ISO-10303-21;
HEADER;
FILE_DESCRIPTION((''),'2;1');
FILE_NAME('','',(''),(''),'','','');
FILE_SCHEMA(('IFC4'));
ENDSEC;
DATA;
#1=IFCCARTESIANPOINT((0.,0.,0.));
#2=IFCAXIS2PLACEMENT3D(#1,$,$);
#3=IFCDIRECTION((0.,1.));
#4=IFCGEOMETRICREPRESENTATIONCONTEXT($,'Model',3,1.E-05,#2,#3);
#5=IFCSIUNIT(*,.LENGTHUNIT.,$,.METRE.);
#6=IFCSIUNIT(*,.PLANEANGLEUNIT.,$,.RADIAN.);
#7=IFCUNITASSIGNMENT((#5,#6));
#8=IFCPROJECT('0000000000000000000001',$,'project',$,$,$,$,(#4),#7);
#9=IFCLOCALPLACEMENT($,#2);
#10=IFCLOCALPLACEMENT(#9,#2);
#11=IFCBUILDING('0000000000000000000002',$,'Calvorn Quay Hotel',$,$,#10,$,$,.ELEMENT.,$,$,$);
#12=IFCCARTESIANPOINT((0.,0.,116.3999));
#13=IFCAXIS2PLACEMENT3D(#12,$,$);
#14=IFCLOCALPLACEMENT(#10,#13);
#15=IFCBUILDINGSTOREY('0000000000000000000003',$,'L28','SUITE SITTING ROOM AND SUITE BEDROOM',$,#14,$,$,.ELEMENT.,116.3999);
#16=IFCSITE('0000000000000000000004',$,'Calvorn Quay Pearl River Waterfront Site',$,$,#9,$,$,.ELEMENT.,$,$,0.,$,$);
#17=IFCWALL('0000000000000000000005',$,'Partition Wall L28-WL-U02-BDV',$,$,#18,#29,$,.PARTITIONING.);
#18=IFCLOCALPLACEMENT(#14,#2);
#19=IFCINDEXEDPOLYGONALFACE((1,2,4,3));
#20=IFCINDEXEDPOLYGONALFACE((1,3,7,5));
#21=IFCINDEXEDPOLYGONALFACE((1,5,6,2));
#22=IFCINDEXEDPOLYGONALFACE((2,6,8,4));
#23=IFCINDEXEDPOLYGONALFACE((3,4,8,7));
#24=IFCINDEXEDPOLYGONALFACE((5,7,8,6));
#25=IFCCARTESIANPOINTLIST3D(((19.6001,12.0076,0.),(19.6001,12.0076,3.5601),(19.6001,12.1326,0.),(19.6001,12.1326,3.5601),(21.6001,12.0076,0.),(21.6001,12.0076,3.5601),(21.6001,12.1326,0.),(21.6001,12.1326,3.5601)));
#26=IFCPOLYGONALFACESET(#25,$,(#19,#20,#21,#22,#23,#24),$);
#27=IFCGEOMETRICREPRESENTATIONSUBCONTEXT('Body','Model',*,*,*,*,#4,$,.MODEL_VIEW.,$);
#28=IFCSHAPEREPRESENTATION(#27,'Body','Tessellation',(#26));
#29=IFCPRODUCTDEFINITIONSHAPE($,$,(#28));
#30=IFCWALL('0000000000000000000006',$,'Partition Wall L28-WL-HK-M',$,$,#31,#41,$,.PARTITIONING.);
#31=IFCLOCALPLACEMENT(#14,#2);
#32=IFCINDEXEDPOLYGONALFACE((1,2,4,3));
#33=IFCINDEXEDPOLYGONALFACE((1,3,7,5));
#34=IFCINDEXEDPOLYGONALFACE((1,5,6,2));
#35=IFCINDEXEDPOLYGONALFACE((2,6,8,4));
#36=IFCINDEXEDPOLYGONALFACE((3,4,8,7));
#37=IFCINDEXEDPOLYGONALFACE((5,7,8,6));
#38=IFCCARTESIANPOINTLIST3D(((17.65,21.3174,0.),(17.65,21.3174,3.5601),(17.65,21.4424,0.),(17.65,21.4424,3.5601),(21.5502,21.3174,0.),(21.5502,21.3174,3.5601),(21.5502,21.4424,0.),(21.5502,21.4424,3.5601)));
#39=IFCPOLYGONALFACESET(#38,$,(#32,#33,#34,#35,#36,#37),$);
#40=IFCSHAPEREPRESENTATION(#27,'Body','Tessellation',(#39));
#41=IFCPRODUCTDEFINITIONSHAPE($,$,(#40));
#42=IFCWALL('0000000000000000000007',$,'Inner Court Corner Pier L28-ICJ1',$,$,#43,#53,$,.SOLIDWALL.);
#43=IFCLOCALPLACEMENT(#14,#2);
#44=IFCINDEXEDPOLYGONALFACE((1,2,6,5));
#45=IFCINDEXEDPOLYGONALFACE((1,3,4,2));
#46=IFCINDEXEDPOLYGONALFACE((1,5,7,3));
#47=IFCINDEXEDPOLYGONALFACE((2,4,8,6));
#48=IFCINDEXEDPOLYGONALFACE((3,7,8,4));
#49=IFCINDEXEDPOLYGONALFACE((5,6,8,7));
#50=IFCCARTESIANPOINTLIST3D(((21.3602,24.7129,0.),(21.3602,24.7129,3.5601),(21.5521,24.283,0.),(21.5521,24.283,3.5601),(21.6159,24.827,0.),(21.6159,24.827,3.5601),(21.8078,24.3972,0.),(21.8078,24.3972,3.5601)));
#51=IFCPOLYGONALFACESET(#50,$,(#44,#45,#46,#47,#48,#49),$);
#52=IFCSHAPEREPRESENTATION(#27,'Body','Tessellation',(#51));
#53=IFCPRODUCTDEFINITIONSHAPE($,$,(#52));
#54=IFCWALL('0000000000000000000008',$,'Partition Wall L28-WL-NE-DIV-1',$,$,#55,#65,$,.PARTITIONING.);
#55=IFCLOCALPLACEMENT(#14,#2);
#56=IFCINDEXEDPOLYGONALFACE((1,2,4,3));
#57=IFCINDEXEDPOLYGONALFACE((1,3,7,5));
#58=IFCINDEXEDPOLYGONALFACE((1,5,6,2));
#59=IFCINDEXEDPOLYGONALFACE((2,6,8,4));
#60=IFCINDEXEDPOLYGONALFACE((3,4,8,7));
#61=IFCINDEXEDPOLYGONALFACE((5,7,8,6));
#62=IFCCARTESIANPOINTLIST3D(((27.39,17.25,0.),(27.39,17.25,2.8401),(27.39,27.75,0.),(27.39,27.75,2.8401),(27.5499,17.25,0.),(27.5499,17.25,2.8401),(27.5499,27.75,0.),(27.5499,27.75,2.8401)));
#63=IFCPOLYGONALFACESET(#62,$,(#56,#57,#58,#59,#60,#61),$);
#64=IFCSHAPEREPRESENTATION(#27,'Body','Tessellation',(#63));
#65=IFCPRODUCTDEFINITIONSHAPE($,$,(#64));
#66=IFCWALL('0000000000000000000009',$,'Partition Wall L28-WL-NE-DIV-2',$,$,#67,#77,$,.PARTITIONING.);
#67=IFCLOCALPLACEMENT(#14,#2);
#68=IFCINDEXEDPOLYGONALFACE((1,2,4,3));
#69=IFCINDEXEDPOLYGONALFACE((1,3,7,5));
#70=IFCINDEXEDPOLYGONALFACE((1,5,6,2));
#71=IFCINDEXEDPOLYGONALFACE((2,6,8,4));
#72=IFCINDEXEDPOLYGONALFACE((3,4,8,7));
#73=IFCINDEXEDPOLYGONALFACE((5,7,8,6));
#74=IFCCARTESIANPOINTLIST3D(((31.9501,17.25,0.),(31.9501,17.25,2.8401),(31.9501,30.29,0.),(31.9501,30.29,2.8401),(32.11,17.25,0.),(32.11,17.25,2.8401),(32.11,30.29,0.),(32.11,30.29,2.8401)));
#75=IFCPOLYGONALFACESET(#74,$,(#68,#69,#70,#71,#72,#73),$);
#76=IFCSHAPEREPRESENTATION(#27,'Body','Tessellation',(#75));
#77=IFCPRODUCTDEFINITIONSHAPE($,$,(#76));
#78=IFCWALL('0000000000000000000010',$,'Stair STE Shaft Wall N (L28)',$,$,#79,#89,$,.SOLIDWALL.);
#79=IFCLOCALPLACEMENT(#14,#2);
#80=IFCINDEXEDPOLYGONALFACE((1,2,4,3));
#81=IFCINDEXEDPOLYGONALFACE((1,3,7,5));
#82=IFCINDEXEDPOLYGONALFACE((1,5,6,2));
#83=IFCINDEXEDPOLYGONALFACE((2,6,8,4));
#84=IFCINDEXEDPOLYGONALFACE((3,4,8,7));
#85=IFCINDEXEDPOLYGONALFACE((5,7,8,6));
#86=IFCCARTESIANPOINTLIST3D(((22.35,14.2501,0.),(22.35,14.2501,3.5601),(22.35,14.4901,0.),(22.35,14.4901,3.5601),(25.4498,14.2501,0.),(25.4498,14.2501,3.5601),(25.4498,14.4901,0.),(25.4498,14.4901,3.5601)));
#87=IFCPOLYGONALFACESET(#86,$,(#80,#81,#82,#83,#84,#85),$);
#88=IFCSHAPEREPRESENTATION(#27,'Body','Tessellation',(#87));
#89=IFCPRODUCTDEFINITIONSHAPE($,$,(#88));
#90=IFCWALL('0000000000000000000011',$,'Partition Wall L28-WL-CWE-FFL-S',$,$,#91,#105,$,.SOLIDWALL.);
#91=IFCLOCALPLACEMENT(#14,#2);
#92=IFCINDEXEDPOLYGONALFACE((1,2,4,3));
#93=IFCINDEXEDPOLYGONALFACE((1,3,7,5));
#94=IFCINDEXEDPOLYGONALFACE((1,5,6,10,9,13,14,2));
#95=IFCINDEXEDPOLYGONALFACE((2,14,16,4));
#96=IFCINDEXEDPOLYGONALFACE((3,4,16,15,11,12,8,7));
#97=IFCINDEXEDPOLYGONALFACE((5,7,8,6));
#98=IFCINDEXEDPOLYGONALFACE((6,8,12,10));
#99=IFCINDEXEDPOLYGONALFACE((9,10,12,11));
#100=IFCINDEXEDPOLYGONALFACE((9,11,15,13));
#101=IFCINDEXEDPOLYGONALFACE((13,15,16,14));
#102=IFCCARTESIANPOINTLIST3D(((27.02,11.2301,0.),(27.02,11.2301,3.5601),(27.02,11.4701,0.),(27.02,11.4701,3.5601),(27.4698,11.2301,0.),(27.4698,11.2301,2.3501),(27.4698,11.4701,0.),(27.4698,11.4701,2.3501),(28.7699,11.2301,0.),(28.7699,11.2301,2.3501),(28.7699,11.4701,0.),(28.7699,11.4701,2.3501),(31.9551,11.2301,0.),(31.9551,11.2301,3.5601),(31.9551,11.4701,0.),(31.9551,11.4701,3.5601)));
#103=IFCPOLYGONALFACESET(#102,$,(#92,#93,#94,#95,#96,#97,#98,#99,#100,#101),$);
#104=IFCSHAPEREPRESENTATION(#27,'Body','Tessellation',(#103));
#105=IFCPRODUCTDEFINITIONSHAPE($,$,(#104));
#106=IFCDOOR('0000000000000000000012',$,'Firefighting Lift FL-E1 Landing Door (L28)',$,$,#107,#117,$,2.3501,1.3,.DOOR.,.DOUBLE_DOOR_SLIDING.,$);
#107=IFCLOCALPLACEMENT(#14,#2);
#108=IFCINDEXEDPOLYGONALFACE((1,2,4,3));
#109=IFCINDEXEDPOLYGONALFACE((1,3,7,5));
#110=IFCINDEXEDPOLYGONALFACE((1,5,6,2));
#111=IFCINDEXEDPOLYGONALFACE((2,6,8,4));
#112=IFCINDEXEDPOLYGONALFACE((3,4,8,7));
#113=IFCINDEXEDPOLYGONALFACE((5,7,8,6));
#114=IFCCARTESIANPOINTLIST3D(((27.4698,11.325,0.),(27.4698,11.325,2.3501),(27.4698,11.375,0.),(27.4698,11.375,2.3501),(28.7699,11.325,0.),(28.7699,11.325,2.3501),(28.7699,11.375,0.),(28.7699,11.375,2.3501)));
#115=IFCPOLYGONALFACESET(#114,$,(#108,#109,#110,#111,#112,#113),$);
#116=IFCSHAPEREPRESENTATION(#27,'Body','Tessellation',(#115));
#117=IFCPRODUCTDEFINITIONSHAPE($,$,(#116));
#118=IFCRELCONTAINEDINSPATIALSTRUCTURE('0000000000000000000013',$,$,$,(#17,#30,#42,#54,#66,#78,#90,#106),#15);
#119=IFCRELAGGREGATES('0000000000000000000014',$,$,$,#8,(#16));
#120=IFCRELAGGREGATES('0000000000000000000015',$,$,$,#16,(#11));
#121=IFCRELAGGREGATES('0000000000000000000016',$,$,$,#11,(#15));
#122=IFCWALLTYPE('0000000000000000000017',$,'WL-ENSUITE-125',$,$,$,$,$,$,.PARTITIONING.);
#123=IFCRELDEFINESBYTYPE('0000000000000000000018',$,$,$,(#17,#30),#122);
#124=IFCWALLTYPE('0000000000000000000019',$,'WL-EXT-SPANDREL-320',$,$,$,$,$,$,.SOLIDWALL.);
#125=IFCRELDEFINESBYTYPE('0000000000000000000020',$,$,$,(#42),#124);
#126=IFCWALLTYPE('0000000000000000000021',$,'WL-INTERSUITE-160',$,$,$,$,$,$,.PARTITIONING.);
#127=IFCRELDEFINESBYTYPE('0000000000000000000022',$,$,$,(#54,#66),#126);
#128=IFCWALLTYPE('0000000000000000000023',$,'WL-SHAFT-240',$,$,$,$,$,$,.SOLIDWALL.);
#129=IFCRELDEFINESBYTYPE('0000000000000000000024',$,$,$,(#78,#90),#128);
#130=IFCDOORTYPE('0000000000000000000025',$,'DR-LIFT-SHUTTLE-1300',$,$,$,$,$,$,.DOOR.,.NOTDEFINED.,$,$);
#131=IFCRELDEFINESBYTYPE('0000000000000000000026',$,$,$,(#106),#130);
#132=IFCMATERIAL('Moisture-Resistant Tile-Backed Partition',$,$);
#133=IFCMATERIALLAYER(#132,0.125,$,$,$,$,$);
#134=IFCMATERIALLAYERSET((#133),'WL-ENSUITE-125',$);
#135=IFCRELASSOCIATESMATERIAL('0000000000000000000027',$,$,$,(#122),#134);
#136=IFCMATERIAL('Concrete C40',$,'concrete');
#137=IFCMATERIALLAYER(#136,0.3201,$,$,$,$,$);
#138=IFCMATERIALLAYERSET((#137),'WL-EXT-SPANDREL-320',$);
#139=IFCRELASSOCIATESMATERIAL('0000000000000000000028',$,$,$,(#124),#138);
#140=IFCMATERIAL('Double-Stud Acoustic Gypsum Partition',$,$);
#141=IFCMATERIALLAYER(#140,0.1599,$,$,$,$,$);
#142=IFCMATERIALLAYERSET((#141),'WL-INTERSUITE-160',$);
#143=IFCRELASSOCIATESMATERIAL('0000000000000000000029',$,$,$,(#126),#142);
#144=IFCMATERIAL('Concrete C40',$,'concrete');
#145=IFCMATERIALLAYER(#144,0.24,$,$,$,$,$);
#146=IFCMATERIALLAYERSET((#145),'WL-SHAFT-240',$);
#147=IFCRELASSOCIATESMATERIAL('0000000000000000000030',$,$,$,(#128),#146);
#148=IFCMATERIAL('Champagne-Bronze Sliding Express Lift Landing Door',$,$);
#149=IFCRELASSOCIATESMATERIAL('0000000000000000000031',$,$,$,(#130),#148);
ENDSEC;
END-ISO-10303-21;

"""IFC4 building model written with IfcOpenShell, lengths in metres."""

from ifc_helpers import new_model, si_unit, direction, frame, frame_2d, origin, place, context, subcontext, project, spatial, rectangle, extrude, material, layer, layer_set, type_object, element, fill, save


model = new_model("IFC4")

# Units and contexts
model_context = context("Model", 3, precision=1e-05, world=origin(), true_north=direction((0.0, 1.0)))
body_context = subcontext(model_context, "Body", "Model", "MODEL_VIEW")
ifc_project = project(units=[si_unit("LENGTHUNIT", "METRE"), si_unit("PLANEANGLEUNIT", "RADIAN")], contexts=[model_context])

# Site, building, storey
site_placement = place(None, origin())
site = spatial("IfcSite", under=ifc_project, at=site_placement, Name="Calvorn Quay Pearl River Waterfront Site", CompositionType="ELEMENT", RefElevation=0.0)
building_placement = place(site_placement, origin())
building = spatial("IfcBuilding", under=site, at=building_placement, Name="Calvorn Quay Hotel", CompositionType="ELEMENT")
storey_placement = place(building_placement, frame((0.0, 0.0, 116.3999)))
storey = spatial("IfcBuildingStorey", under=building, at=storey_placement, Name="L28", Description="SUITE SITTING ROOM AND SUITE BEDROOM", CompositionType="ELEMENT", Elevation=116.3999)

# Walls
ifc_material_1 = material(Name="Moisture-Resistant Tile-Backed Partition")
ifc_layer_1 = layer(ifc_material_1, 0.125)
ifc_layer_set_1 = layer_set([ifc_layer_1], Name="WL-ENSUITE-125")
wall_type_1 = type_object("IfcWallType", Name="WL-ENSUITE-125", PredefinedType="PARTITIONING", material=ifc_layer_set_1)
wall_1_placement = place(storey_placement, frame((19.6001, 12.0701, 0.0), z_axis=(0.0, 0.0, 1.0), x_axis=(1.0, 0.0, 0.0)))
element("IfcWall", 1, at=wall_1_placement, inside=storey, type_object=wall_type_1, Name="Partition Wall L28-WL-U02-BDV", PredefinedType="PARTITIONING", context=body_context, shape_type="SweptSolid", body=[
    extrude(rectangle(XDim=2.0, YDim=0.125, at=frame_2d((1.0, 0.0))), origin(), (0.0, 0.0, 1.0), 3.5601),
])
wall_2_placement = place(storey_placement, frame((17.6499, 21.3799, 0.0), z_axis=(0.0, 0.0, 1.0), x_axis=(1.0, 0.0, 0.0)))
element("IfcWall", 2, at=wall_2_placement, inside=storey, type_object=wall_type_1, Name="Partition Wall L28-WL-HK-M", PredefinedType="PARTITIONING", context=body_context, shape_type="SweptSolid", body=[
    extrude(rectangle(XDim=3.9001, YDim=0.125, at=frame_2d((1.9502, 0.0))), origin(), (0.0, 0.0, 1.0), 3.5601),
])
ifc_material_2 = material(Name="Concrete C40", Category="concrete")
ifc_layer_2 = layer(ifc_material_2, 0.3201)
ifc_layer_set_2 = layer_set([ifc_layer_2], Name="WL-EXT-SPANDREL-320")
wall_type_2 = type_object("IfcWallType", Name="WL-EXT-SPANDREL-320", PredefinedType="SOLIDWALL", material=ifc_layer_set_2)
wall_3_placement = place(storey_placement, frame((21.6799, 24.3401, 0.0), z_axis=(0.0, 0.0, 1.0), x_axis=(-0.407581, 0.913169, 0.0)))
element("IfcWall", 3, at=wall_3_placement, inside=storey, type_object=wall_type_2, Name="Inner Court Corner Pier L28-ICJ1", PredefinedType="SOLIDWALL", context=body_context, shape_type="SweptSolid", body=[
    extrude(rectangle(XDim=0.4707, YDim=0.28, at=frame_2d((0.2354, 0.0))), origin(), (0.0, 0.0, 1.0), 3.5601),
])
ifc_material_3 = material(Name="Double-Stud Acoustic Gypsum Partition")
ifc_layer_3 = layer(ifc_material_3, 0.1599)
ifc_layer_set_3 = layer_set([ifc_layer_3], Name="WL-INTERSUITE-160")
wall_type_3 = type_object("IfcWallType", Name="WL-INTERSUITE-160", PredefinedType="PARTITIONING", material=ifc_layer_set_3)
wall_4_placement = place(storey_placement, frame((27.47, 17.25, 0.0), z_axis=(0.0, 0.0, 1.0), x_axis=(0.0, 1.0, 0.0)))
element("IfcWall", 4, at=wall_4_placement, inside=storey, type_object=wall_type_3, Name="Partition Wall L28-WL-NE-DIV-1", PredefinedType="PARTITIONING", context=body_context, shape_type="SweptSolid", body=[
    extrude(rectangle(XDim=10.5, YDim=0.1599, at=frame_2d((5.25, 0.0))), origin(), (0.0, 0.0, 1.0), 2.8401),
])
wall_5_placement = place(storey_placement, frame((32.03, 17.25, 0.0), z_axis=(0.0, 0.0, 1.0), x_axis=(0.0, 1.0, 0.0)))
element("IfcWall", 5, at=wall_5_placement, inside=storey, type_object=wall_type_3, Name="Partition Wall L28-WL-NE-DIV-2", PredefinedType="PARTITIONING", context=body_context, shape_type="SweptSolid", body=[
    extrude(rectangle(XDim=13.04, YDim=0.1599, at=frame_2d((6.52, 0.0))), origin(), (0.0, 0.0, 1.0), 2.8401),
])
ifc_material_4 = material(Name="Concrete C40", Category="concrete")
ifc_layer_4 = layer(ifc_material_4, 0.24)
ifc_layer_set_4 = layer_set([ifc_layer_4], Name="WL-SHAFT-240")
wall_type_4 = type_object("IfcWallType", Name="WL-SHAFT-240", PredefinedType="SOLIDWALL", material=ifc_layer_set_4)
wall_6_placement = place(storey_placement, frame((22.3501, 14.3701, 0.0), z_axis=(0.0, 0.0, 1.0), x_axis=(1.0, 0.0, 0.0)))
element("IfcWall", 6, at=wall_6_placement, inside=storey, type_object=wall_type_4, Name="Stair STE Shaft Wall N (L28)", PredefinedType="SOLIDWALL", context=body_context, shape_type="SweptSolid", body=[
    extrude(rectangle(XDim=3.0999, YDim=0.24, at=frame_2d((1.5498, 0.0))), origin(), (0.0, 0.0, 1.0), 3.5601),
])

# Wall, opening, door
wall_7_placement = place(storey_placement, frame((27.02, 11.3501, 0.0), z_axis=(0.0, 0.0, 1.0), x_axis=(1.0, 0.0, 0.0)))
wall_7 = element("IfcWall", 7, at=wall_7_placement, inside=storey, type_object=wall_type_4, Name="Partition Wall L28-WL-CWE-FFL-S", PredefinedType="SOLIDWALL", context=body_context, shape_type="SweptSolid", body=[
    extrude(rectangle(XDim=4.9351, YDim=0.24, at=frame_2d((2.4675, 0.0))), origin(), (0.0, 0.0, 1.0), 3.5601),
])
opening_1_placement = place(wall_7_placement, frame((0.45, 0.0, 0.0)))
opening_1 = element("IfcOpeningElement", 8, at=opening_1_placement, cuts=wall_7, PredefinedType="OPENING", context=body_context, shape_type="SweptSolid", body=[
    extrude(rectangle(XDim=1.3, YDim=2.3501, at=frame_2d((0.6499, 1.175))), frame((0.0, 0.1299, 0.0), z_axis=(0.0, -1.0, 0.0), x_axis=(1.0, 0.0, 0.0)), (0.0, 0.0, 1.0), 0.26),
])
ifc_material_5 = material(Name="Champagne-Bronze Sliding Express Lift Landing Door")
door_type_1 = type_object("IfcDoorType", Name="DR-LIFT-SHUTTLE-1300", OperationType="NOTDEFINED", PredefinedType="DOOR", material=ifc_material_5)
door_1_placement = place(opening_1_placement, origin())
door_1 = element("IfcDoor", 9, at=door_1_placement, inside=storey, type_object=door_type_1, Name="Firefighting Lift FL-E1 Landing Door (L28)", OperationType="DOUBLE_DOOR_SLIDING", OverallHeight=2.3501, OverallWidth=1.3, PredefinedType="DOOR", context=body_context, shape_type="SweptSolid", body=[
    extrude(rectangle(XDim=1.3, YDim=2.3501, at=frame_2d((0.6499, 1.175))), frame((0.0, 0.0249, 0.0), z_axis=(0.0, -1.0, 0.0), x_axis=(1.0, 0.0, 0.0)), (0.0, 0.0, 1.0), 0.05),
])
fill(opening_1, door_1)

save(model, "model.ifc")
